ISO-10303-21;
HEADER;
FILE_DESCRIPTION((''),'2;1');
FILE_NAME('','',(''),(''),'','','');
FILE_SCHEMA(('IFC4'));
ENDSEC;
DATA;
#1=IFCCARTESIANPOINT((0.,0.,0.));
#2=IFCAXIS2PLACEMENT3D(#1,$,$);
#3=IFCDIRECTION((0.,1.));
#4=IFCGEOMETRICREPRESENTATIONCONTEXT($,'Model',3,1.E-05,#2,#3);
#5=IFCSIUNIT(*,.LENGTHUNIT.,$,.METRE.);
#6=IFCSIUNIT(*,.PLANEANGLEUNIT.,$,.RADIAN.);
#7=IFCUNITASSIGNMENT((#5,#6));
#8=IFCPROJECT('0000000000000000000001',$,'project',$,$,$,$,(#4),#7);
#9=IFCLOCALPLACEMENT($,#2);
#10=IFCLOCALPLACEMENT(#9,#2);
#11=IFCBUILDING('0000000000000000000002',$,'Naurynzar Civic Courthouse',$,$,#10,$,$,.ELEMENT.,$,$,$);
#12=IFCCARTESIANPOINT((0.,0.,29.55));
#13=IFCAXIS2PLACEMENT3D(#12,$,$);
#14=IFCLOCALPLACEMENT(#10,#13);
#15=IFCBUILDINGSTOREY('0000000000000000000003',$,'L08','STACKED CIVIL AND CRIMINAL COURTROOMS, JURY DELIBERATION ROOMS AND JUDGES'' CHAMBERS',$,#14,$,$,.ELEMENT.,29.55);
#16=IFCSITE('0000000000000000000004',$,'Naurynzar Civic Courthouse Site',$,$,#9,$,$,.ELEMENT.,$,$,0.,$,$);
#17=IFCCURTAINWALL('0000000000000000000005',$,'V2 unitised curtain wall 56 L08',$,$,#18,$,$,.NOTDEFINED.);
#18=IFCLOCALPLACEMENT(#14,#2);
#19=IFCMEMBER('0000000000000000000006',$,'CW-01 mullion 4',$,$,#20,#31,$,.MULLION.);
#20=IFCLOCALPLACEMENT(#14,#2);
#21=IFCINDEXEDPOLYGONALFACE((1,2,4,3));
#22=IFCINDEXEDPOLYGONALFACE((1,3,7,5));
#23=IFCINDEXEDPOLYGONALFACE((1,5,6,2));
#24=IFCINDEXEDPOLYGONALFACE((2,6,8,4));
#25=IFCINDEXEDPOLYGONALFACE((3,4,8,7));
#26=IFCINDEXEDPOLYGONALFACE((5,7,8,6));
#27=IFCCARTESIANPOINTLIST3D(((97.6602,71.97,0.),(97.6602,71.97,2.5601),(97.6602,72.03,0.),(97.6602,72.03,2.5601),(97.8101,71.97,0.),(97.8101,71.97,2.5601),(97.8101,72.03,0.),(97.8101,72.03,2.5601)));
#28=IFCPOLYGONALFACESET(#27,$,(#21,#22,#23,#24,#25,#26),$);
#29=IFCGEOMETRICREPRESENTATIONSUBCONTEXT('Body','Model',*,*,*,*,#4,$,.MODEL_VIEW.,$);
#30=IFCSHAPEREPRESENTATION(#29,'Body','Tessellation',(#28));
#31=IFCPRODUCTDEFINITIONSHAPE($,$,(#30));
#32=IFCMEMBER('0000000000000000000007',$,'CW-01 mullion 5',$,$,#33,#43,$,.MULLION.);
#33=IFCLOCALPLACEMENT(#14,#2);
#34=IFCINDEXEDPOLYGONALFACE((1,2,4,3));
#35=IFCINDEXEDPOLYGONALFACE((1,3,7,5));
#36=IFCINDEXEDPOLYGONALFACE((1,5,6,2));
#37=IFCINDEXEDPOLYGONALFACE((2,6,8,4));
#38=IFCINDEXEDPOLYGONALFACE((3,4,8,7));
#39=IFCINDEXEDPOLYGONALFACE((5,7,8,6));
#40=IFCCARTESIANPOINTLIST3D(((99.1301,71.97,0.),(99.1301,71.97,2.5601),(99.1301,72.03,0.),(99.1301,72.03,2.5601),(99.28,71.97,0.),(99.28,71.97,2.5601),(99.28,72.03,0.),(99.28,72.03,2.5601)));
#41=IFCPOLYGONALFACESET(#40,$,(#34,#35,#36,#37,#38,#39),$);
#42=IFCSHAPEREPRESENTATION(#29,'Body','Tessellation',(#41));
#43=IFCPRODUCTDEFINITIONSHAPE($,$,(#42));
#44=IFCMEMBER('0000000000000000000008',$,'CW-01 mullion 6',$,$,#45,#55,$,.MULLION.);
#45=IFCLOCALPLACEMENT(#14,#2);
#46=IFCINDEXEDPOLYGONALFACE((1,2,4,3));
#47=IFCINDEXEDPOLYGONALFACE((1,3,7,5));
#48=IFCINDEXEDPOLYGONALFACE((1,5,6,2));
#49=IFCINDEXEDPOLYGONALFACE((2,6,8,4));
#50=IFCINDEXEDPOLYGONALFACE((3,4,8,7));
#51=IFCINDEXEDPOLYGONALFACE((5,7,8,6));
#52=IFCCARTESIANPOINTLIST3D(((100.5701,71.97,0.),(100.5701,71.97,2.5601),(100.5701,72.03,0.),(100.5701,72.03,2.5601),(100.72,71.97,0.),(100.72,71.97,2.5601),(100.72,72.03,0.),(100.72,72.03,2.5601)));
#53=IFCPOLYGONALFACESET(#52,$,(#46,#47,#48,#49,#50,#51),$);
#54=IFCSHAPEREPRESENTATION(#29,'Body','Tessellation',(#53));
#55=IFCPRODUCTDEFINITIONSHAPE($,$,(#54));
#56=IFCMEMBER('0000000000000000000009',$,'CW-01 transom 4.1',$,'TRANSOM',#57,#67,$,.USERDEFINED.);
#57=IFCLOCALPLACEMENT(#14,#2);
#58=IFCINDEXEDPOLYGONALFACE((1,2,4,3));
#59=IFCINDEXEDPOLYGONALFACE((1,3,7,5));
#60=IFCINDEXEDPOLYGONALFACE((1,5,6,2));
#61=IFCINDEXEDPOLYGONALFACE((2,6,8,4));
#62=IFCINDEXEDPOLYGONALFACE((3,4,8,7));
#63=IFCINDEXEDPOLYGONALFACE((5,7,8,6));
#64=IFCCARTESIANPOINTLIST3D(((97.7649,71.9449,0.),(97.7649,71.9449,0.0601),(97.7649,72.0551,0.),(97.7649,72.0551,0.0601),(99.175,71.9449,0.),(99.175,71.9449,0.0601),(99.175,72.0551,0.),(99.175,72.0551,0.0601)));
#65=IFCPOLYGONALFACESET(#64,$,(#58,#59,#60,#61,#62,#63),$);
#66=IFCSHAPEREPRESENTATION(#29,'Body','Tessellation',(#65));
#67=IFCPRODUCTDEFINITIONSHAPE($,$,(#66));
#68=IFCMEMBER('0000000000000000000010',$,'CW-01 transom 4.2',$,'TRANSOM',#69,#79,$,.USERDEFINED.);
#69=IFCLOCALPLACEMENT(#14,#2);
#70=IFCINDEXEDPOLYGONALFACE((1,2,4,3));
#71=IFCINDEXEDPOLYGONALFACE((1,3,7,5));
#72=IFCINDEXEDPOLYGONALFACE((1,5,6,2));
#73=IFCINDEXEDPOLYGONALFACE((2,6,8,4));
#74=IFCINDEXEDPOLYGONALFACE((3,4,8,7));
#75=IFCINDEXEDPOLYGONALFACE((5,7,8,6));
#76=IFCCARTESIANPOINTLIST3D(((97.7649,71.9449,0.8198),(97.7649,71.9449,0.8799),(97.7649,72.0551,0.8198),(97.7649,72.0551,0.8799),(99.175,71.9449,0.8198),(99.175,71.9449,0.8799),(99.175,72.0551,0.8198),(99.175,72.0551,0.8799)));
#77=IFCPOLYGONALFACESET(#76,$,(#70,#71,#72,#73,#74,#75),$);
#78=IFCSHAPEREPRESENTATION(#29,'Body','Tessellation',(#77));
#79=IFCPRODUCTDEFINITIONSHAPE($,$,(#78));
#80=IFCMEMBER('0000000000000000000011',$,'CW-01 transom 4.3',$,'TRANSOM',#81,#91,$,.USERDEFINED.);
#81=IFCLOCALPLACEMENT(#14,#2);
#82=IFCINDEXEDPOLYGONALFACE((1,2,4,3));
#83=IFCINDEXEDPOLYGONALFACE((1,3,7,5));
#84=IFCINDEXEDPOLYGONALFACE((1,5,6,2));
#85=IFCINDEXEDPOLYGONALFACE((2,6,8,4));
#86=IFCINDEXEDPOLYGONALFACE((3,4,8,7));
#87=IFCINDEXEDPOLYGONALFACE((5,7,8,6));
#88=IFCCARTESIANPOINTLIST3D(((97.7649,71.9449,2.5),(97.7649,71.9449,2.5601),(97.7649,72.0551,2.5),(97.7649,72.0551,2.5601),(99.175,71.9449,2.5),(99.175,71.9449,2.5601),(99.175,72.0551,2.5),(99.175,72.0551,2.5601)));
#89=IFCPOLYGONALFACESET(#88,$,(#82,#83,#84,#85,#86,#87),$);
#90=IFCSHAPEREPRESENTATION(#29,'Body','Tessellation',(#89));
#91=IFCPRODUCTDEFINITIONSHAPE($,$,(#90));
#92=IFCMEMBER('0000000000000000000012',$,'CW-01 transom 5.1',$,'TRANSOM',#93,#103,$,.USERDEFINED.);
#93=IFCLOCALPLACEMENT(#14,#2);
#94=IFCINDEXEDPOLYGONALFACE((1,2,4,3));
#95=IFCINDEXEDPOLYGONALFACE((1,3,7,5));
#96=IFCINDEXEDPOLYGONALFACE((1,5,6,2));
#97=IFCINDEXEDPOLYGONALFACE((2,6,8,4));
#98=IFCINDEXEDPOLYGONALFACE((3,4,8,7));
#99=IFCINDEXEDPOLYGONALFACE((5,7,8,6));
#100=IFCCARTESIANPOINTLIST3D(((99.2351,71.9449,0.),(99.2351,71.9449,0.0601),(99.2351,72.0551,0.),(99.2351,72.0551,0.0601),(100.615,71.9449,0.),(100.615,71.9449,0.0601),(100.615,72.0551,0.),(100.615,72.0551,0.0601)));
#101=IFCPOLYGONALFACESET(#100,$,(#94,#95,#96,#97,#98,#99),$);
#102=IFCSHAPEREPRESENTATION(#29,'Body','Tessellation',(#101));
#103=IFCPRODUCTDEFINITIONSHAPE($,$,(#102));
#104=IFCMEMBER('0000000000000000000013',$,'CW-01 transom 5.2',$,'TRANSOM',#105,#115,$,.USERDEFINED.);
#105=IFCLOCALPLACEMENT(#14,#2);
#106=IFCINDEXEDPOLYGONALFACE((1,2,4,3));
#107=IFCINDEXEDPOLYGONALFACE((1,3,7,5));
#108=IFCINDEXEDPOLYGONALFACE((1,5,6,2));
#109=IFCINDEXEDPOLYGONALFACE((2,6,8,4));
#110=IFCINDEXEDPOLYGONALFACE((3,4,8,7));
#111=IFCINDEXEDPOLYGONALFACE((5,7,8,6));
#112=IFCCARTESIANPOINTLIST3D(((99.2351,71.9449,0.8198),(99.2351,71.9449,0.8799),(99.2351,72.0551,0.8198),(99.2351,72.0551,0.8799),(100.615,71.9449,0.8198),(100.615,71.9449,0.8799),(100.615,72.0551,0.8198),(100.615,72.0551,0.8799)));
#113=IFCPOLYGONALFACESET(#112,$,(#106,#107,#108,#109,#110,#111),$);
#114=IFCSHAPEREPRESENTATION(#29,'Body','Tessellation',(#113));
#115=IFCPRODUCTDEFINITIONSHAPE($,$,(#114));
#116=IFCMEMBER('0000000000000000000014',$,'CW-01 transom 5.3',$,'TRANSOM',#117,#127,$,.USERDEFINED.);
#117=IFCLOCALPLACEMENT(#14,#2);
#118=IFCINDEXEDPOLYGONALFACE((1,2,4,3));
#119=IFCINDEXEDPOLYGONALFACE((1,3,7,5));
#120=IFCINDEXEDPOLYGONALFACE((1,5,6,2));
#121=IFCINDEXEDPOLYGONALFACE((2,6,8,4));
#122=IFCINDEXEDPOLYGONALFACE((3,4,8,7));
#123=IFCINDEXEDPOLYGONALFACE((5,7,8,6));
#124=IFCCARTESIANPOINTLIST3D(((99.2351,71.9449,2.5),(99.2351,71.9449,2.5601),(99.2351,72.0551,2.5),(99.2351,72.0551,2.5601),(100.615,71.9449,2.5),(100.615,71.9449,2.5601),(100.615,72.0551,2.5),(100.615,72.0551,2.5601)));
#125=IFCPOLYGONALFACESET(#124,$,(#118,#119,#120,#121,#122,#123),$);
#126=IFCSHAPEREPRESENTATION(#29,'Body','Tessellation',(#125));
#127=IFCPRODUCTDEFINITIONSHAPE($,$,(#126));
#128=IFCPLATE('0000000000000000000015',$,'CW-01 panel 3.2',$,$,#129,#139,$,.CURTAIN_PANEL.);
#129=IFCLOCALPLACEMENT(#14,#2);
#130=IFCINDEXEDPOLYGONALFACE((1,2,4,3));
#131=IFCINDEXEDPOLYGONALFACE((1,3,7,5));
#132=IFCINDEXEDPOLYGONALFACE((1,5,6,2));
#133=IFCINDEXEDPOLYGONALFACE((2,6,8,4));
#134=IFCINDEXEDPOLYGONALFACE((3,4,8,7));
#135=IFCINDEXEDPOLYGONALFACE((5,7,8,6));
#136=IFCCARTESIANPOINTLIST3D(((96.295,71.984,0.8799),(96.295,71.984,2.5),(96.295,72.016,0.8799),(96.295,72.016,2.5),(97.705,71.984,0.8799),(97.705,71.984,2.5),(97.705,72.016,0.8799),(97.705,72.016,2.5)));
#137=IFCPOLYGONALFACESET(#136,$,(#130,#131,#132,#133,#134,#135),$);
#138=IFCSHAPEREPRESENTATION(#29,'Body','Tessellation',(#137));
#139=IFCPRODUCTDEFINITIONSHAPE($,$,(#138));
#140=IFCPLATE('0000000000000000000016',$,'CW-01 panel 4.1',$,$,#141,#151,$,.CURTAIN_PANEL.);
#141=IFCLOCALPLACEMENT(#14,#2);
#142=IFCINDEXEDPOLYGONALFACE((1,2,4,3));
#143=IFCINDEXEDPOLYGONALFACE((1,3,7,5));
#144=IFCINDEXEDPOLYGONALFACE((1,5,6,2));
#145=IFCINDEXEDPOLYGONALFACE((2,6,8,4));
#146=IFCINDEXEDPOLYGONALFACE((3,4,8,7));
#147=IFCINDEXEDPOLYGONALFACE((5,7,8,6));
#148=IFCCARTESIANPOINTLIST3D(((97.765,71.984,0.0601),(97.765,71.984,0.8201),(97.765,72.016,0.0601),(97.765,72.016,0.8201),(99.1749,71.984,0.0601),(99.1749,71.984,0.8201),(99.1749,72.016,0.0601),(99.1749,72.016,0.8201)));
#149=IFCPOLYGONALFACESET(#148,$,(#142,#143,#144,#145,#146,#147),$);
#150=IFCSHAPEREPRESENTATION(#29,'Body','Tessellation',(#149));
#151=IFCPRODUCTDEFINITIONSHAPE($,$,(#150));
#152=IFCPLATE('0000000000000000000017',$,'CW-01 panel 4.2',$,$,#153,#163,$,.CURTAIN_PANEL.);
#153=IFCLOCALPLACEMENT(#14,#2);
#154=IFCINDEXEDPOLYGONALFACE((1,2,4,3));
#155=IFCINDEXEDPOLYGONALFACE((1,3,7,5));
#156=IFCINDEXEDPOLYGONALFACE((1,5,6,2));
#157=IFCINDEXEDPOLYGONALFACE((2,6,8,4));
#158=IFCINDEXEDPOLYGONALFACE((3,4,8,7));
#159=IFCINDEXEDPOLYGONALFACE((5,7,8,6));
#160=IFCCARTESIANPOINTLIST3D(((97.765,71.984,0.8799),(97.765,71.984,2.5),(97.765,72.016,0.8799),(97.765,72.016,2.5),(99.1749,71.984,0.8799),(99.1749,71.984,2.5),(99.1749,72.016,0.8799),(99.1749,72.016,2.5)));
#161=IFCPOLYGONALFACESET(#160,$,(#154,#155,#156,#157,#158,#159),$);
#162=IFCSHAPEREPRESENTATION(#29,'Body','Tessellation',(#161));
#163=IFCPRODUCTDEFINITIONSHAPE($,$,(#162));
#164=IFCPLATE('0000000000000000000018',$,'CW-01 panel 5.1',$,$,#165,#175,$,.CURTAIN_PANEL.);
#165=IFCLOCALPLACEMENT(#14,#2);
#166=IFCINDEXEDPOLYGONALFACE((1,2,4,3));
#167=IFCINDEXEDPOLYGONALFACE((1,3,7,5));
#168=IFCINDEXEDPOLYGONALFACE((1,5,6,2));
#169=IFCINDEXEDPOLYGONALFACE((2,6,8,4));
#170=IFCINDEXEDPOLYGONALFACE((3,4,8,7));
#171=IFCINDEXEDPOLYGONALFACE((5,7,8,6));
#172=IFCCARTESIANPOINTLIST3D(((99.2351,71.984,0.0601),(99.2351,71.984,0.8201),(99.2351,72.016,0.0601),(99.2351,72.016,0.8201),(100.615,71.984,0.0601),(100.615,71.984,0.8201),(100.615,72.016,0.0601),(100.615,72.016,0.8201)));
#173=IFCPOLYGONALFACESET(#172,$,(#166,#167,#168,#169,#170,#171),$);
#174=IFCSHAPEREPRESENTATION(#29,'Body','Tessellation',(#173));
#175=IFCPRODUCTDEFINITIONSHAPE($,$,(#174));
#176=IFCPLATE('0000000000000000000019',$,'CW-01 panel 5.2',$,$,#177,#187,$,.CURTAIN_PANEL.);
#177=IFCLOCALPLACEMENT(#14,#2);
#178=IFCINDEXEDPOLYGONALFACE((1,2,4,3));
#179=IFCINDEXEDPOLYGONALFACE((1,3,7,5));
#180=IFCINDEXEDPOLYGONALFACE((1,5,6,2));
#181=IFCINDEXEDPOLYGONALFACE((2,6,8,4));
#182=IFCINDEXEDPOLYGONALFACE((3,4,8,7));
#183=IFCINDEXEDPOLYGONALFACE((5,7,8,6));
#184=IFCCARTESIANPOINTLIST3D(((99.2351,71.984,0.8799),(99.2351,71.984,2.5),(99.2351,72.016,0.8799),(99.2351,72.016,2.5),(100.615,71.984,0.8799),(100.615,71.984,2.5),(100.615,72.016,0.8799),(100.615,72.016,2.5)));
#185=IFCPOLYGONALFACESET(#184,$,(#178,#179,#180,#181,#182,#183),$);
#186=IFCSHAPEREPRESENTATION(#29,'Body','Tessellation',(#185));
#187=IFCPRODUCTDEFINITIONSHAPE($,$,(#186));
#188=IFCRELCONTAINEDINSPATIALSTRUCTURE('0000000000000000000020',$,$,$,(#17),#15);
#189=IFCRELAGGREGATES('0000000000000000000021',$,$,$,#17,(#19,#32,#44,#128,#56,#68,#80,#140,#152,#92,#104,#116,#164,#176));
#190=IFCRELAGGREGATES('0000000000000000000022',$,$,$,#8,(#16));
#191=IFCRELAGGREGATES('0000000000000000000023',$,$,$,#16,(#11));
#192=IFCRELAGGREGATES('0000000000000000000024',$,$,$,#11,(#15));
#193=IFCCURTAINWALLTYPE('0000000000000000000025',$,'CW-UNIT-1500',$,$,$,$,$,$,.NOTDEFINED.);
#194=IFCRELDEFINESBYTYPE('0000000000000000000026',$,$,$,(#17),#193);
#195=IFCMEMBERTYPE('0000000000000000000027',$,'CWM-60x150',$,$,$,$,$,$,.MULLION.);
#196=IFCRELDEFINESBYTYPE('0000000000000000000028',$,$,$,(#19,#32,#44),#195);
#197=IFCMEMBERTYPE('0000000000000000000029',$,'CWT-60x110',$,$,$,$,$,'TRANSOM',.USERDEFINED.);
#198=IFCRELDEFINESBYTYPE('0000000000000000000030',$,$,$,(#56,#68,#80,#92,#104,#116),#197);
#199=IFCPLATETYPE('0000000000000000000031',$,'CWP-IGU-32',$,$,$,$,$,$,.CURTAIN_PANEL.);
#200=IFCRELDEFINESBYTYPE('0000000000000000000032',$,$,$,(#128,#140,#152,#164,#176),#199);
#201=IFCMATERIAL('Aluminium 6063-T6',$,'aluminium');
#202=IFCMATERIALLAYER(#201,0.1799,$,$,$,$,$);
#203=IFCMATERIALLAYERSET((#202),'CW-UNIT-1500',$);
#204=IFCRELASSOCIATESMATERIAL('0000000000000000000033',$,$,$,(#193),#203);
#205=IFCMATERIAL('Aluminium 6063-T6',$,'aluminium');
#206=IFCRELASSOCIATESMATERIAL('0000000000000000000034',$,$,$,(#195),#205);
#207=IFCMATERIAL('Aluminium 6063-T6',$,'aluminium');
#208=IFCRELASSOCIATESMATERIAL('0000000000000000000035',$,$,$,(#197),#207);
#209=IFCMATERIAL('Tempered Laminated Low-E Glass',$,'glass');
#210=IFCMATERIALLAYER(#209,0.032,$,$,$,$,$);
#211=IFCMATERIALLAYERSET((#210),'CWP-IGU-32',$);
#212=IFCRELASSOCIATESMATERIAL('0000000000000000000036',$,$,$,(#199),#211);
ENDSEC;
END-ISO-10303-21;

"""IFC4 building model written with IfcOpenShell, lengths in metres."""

from ifc_helpers import new_model, si_unit, direction, frame, origin, origin_2d, place, context, subcontext, project, spatial, rectangle, extrude, material, layer, layer_set, material_profile, profile_set, type_object, element, aggregate, save


model = new_model("IFC4")

# Units and contexts
model_context = context("Model", 3, precision=1e-05, world=origin(), true_north=direction((0.0, 1.0)))
body_context = subcontext(model_context, "Body", "Model", "MODEL_VIEW")
ifc_project = project(units=[si_unit("LENGTHUNIT", "METRE"), si_unit("PLANEANGLEUNIT", "RADIAN")], contexts=[model_context])

# Site, building, storey
site_placement = place(None, origin())
site = spatial("IfcSite", under=ifc_project, at=site_placement, Name="Naurynzar Civic Courthouse Site", CompositionType="ELEMENT", RefElevation=0.0)
building_placement = place(site_placement, origin())
building = spatial("IfcBuilding", under=site, at=building_placement, Name="Naurynzar Civic Courthouse", CompositionType="ELEMENT")
storey_placement = place(building_placement, frame((0.0, 0.0, 29.55)))
storey = spatial("IfcBuildingStorey", under=building, at=storey_placement, Name="L08", Description="STACKED CIVIL AND CRIMINAL COURTROOMS, JURY DELIBERATION ROOMS AND JUDGES' CHAMBERS", CompositionType="ELEMENT", Elevation=29.55)

# Curtain wall, members, plates
ifc_material_1 = material(Name="Aluminium 6063-T6", Category="aluminium")
ifc_layer_1 = layer(ifc_material_1, 0.1799)
ifc_layer_set_1 = layer_set([ifc_layer_1], Name="CW-UNIT-1500")
curtain_wall_type = type_object("IfcCurtainWallType", Name="CW-UNIT-1500", PredefinedType="NOTDEFINED", material=ifc_layer_set_1)
curtain_wall_placement = place(storey_placement, origin())
curtain_wall = element("IfcCurtainWall", 1, at=curtain_wall_placement, inside=storey, type_object=curtain_wall_type, Name="V2 unitised curtain wall 56 L08", PredefinedType="NOTDEFINED")
ifc_material_2 = material(Name="Aluminium 6063-T6", Category="aluminium")
ifc_material_profile_1 = material_profile(ifc_material_2, rectangle(XDim=0.0601, YDim=0.1499, at=origin_2d()), Name="ALU MULLION 60x150")
ifc_profile_set_1 = profile_set([ifc_material_profile_1], Name="Aluminium 6063-T6")
member_type_1 = type_object("IfcMemberType", Name="CWM-60x150", PredefinedType="MULLION", material=ifc_profile_set_1)
member_1_placement = place(storey_placement, frame((97.7351, 72.0, 0.0), z_axis=(0.0, 0.0, 1.0), x_axis=(0.0, 1.0, 0.0)))
member_1 = element("IfcMember", 2, at=member_1_placement, type_object=member_type_1, Name="CW-01 mullion 4", PredefinedType="MULLION", context=body_context, shape_type="SweptSolid", body=[
    extrude(rectangle(XDim=0.0601, YDim=0.1499, at=origin_2d()), origin(), (0.0, 0.0, 1.0), 2.5601),
])
member_2_placement = place(storey_placement, frame((99.2051, 72.0, 0.0), z_axis=(0.0, 0.0, 1.0), x_axis=(0.0, 1.0, 0.0)))
member_2 = element("IfcMember", 3, at=member_2_placement, type_object=member_type_1, Name="CW-01 mullion 5", PredefinedType="MULLION", context=body_context, shape_type="SweptSolid", body=[
    extrude(rectangle(XDim=0.0601, YDim=0.1499, at=origin_2d()), origin(), (0.0, 0.0, 1.0), 2.5601),
])
member_3_placement = place(storey_placement, frame((100.645, 72.0, 0.0), z_axis=(0.0, 0.0, 1.0), x_axis=(0.0, 1.0, 0.0)))
member_3 = element("IfcMember", 4, at=member_3_placement, type_object=member_type_1, Name="CW-01 mullion 6", PredefinedType="MULLION", context=body_context, shape_type="SweptSolid", body=[
    extrude(rectangle(XDim=0.0601, YDim=0.1499, at=origin_2d()), origin(), (0.0, 0.0, 1.0), 2.5601),
])
ifc_material_3 = material(Name="Aluminium 6063-T6", Category="aluminium")
ifc_material_profile_2 = material_profile(ifc_material_3, rectangle(XDim=0.1101, YDim=0.0601, at=origin_2d()), Name="ALU TRANSOM 60x110")
ifc_profile_set_2 = profile_set([ifc_material_profile_2], Name="Aluminium 6063-T6")
member_type_2 = type_object("IfcMemberType", Name="CWT-60x110", ElementType="TRANSOM", PredefinedType="USERDEFINED", material=ifc_profile_set_2)
member_4_placement = place(storey_placement, frame((97.7649, 72.0, 0.03), z_axis=(1.0, 0.0, 0.0), x_axis=(0.0, 1.0, 0.0)))
member_4 = element("IfcMember", 5, at=member_4_placement, type_object=member_type_2, Name="CW-01 transom 4.1", ObjectType="TRANSOM", PredefinedType="USERDEFINED", context=body_context, shape_type="SweptSolid", body=[
    extrude(rectangle(XDim=0.1101, YDim=0.0601, at=origin_2d()), origin(), (0.0, 0.0, 1.0), 1.4102),
])
member_5_placement = place(storey_placement, frame((97.7649, 72.0, 0.8499), z_axis=(1.0, 0.0, 0.0), x_axis=(0.0, 1.0, 0.0)))
member_5 = element("IfcMember", 6, at=member_5_placement, type_object=member_type_2, Name="CW-01 transom 4.2", ObjectType="TRANSOM", PredefinedType="USERDEFINED", context=body_context, shape_type="SweptSolid", body=[
    extrude(rectangle(XDim=0.1101, YDim=0.0601, at=origin_2d()), origin(), (0.0, 0.0, 1.0), 1.4102),
])
member_6_placement = place(storey_placement, frame((97.7649, 72.0, 2.53), z_axis=(1.0, 0.0, 0.0), x_axis=(0.0, 1.0, 0.0)))
member_6 = element("IfcMember", 7, at=member_6_placement, type_object=member_type_2, Name="CW-01 transom 4.3", ObjectType="TRANSOM", PredefinedType="USERDEFINED", context=body_context, shape_type="SweptSolid", body=[
    extrude(rectangle(XDim=0.1101, YDim=0.0601, at=origin_2d()), origin(), (0.0, 0.0, 1.0), 1.4102),
])
member_7_placement = place(storey_placement, frame((99.2351, 72.0, 0.03), z_axis=(1.0, 0.0, 0.0), x_axis=(0.0, 1.0, 0.0)))
member_7 = element("IfcMember", 8, at=member_7_placement, type_object=member_type_2, Name="CW-01 transom 5.1", ObjectType="TRANSOM", PredefinedType="USERDEFINED", context=body_context, shape_type="SweptSolid", body=[
    extrude(rectangle(XDim=0.1101, YDim=0.0601, at=origin_2d()), origin(), (0.0, 0.0, 1.0), 1.3799),
])
member_8_placement = place(storey_placement, frame((99.2351, 72.0, 0.8499), z_axis=(1.0, 0.0, 0.0), x_axis=(0.0, 1.0, 0.0)))
member_8 = element("IfcMember", 9, at=member_8_placement, type_object=member_type_2, Name="CW-01 transom 5.2", ObjectType="TRANSOM", PredefinedType="USERDEFINED", context=body_context, shape_type="SweptSolid", body=[
    extrude(rectangle(XDim=0.1101, YDim=0.0601, at=origin_2d()), origin(), (0.0, 0.0, 1.0), 1.3799),
])
member_9_placement = place(storey_placement, frame((99.2351, 72.0, 2.53), z_axis=(1.0, 0.0, 0.0), x_axis=(0.0, 1.0, 0.0)))
member_9 = element("IfcMember", 10, at=member_9_placement, type_object=member_type_2, Name="CW-01 transom 5.3", ObjectType="TRANSOM", PredefinedType="USERDEFINED", context=body_context, shape_type="SweptSolid", body=[
    extrude(rectangle(XDim=0.1101, YDim=0.0601, at=origin_2d()), origin(), (0.0, 0.0, 1.0), 1.3799),
])
ifc_material_4 = material(Name="Tempered Laminated Low-E Glass", Category="glass")
ifc_layer_2 = layer(ifc_material_4, 0.032)
ifc_layer_set_2 = layer_set([ifc_layer_2], Name="CWP-IGU-32")
plate_type = type_object("IfcPlateType", Name="CWP-IGU-32", PredefinedType="CURTAIN_PANEL", material=ifc_layer_set_2)
plate_1_placement = place(storey_placement, frame((97.0, 72.0, 0.8799), z_axis=(0.0, 0.0, 1.0), x_axis=(1.0, 0.0, 0.0)))
plate_1 = element("IfcPlate", 11, at=plate_1_placement, type_object=plate_type, Name="CW-01 panel 3.2", PredefinedType="CURTAIN_PANEL", context=body_context, shape_type="SweptSolid", body=[
    extrude(rectangle(XDim=1.4099, YDim=0.032, at=origin_2d()), origin(), (0.0, 0.0, 1.0), 1.6201),
])
plate_2_placement = place(storey_placement, frame((98.47, 72.0, 0.0601), z_axis=(0.0, 0.0, 1.0), x_axis=(1.0, 0.0, 0.0)))
plate_2 = element("IfcPlate", 12, at=plate_2_placement, type_object=plate_type, Name="CW-01 panel 4.1", PredefinedType="CURTAIN_PANEL", context=body_context, shape_type="SweptSolid", body=[
    extrude(rectangle(XDim=1.4099, YDim=0.032, at=origin_2d()), origin(), (0.0, 0.0, 1.0), 0.76),
])
plate_3_placement = place(storey_placement, frame((98.47, 72.0, 0.8799), z_axis=(0.0, 0.0, 1.0), x_axis=(1.0, 0.0, 0.0)))
plate_3 = element("IfcPlate", 13, at=plate_3_placement, type_object=plate_type, Name="CW-01 panel 4.2", PredefinedType="CURTAIN_PANEL", context=body_context, shape_type="SweptSolid", body=[
    extrude(rectangle(XDim=1.4099, YDim=0.032, at=origin_2d()), origin(), (0.0, 0.0, 1.0), 1.6201),
])
plate_4_placement = place(storey_placement, frame((99.925, 72.0, 0.0601), z_axis=(0.0, 0.0, 1.0), x_axis=(1.0, 0.0, 0.0)))
plate_4 = element("IfcPlate", 14, at=plate_4_placement, type_object=plate_type, Name="CW-01 panel 5.1", PredefinedType="CURTAIN_PANEL", context=body_context, shape_type="SweptSolid", body=[
    extrude(rectangle(XDim=1.3799, YDim=0.032, at=origin_2d()), origin(), (0.0, 0.0, 1.0), 0.76),
])
plate_5_placement = place(storey_placement, frame((99.925, 72.0, 0.8799), z_axis=(0.0, 0.0, 1.0), x_axis=(1.0, 0.0, 0.0)))
plate_5 = element("IfcPlate", 15, at=plate_5_placement, type_object=plate_type, Name="CW-01 panel 5.2", PredefinedType="CURTAIN_PANEL", context=body_context, shape_type="SweptSolid", body=[
    extrude(rectangle(XDim=1.3799, YDim=0.032, at=origin_2d()), origin(), (0.0, 0.0, 1.0), 1.6201),
])
aggregate(curtain_wall, [member_1, member_2, member_3, plate_1, member_4, member_5, member_6, plate_2, plate_3, member_7, member_8, member_9, plate_4, plate_5])

save(model, "model.ifc")
